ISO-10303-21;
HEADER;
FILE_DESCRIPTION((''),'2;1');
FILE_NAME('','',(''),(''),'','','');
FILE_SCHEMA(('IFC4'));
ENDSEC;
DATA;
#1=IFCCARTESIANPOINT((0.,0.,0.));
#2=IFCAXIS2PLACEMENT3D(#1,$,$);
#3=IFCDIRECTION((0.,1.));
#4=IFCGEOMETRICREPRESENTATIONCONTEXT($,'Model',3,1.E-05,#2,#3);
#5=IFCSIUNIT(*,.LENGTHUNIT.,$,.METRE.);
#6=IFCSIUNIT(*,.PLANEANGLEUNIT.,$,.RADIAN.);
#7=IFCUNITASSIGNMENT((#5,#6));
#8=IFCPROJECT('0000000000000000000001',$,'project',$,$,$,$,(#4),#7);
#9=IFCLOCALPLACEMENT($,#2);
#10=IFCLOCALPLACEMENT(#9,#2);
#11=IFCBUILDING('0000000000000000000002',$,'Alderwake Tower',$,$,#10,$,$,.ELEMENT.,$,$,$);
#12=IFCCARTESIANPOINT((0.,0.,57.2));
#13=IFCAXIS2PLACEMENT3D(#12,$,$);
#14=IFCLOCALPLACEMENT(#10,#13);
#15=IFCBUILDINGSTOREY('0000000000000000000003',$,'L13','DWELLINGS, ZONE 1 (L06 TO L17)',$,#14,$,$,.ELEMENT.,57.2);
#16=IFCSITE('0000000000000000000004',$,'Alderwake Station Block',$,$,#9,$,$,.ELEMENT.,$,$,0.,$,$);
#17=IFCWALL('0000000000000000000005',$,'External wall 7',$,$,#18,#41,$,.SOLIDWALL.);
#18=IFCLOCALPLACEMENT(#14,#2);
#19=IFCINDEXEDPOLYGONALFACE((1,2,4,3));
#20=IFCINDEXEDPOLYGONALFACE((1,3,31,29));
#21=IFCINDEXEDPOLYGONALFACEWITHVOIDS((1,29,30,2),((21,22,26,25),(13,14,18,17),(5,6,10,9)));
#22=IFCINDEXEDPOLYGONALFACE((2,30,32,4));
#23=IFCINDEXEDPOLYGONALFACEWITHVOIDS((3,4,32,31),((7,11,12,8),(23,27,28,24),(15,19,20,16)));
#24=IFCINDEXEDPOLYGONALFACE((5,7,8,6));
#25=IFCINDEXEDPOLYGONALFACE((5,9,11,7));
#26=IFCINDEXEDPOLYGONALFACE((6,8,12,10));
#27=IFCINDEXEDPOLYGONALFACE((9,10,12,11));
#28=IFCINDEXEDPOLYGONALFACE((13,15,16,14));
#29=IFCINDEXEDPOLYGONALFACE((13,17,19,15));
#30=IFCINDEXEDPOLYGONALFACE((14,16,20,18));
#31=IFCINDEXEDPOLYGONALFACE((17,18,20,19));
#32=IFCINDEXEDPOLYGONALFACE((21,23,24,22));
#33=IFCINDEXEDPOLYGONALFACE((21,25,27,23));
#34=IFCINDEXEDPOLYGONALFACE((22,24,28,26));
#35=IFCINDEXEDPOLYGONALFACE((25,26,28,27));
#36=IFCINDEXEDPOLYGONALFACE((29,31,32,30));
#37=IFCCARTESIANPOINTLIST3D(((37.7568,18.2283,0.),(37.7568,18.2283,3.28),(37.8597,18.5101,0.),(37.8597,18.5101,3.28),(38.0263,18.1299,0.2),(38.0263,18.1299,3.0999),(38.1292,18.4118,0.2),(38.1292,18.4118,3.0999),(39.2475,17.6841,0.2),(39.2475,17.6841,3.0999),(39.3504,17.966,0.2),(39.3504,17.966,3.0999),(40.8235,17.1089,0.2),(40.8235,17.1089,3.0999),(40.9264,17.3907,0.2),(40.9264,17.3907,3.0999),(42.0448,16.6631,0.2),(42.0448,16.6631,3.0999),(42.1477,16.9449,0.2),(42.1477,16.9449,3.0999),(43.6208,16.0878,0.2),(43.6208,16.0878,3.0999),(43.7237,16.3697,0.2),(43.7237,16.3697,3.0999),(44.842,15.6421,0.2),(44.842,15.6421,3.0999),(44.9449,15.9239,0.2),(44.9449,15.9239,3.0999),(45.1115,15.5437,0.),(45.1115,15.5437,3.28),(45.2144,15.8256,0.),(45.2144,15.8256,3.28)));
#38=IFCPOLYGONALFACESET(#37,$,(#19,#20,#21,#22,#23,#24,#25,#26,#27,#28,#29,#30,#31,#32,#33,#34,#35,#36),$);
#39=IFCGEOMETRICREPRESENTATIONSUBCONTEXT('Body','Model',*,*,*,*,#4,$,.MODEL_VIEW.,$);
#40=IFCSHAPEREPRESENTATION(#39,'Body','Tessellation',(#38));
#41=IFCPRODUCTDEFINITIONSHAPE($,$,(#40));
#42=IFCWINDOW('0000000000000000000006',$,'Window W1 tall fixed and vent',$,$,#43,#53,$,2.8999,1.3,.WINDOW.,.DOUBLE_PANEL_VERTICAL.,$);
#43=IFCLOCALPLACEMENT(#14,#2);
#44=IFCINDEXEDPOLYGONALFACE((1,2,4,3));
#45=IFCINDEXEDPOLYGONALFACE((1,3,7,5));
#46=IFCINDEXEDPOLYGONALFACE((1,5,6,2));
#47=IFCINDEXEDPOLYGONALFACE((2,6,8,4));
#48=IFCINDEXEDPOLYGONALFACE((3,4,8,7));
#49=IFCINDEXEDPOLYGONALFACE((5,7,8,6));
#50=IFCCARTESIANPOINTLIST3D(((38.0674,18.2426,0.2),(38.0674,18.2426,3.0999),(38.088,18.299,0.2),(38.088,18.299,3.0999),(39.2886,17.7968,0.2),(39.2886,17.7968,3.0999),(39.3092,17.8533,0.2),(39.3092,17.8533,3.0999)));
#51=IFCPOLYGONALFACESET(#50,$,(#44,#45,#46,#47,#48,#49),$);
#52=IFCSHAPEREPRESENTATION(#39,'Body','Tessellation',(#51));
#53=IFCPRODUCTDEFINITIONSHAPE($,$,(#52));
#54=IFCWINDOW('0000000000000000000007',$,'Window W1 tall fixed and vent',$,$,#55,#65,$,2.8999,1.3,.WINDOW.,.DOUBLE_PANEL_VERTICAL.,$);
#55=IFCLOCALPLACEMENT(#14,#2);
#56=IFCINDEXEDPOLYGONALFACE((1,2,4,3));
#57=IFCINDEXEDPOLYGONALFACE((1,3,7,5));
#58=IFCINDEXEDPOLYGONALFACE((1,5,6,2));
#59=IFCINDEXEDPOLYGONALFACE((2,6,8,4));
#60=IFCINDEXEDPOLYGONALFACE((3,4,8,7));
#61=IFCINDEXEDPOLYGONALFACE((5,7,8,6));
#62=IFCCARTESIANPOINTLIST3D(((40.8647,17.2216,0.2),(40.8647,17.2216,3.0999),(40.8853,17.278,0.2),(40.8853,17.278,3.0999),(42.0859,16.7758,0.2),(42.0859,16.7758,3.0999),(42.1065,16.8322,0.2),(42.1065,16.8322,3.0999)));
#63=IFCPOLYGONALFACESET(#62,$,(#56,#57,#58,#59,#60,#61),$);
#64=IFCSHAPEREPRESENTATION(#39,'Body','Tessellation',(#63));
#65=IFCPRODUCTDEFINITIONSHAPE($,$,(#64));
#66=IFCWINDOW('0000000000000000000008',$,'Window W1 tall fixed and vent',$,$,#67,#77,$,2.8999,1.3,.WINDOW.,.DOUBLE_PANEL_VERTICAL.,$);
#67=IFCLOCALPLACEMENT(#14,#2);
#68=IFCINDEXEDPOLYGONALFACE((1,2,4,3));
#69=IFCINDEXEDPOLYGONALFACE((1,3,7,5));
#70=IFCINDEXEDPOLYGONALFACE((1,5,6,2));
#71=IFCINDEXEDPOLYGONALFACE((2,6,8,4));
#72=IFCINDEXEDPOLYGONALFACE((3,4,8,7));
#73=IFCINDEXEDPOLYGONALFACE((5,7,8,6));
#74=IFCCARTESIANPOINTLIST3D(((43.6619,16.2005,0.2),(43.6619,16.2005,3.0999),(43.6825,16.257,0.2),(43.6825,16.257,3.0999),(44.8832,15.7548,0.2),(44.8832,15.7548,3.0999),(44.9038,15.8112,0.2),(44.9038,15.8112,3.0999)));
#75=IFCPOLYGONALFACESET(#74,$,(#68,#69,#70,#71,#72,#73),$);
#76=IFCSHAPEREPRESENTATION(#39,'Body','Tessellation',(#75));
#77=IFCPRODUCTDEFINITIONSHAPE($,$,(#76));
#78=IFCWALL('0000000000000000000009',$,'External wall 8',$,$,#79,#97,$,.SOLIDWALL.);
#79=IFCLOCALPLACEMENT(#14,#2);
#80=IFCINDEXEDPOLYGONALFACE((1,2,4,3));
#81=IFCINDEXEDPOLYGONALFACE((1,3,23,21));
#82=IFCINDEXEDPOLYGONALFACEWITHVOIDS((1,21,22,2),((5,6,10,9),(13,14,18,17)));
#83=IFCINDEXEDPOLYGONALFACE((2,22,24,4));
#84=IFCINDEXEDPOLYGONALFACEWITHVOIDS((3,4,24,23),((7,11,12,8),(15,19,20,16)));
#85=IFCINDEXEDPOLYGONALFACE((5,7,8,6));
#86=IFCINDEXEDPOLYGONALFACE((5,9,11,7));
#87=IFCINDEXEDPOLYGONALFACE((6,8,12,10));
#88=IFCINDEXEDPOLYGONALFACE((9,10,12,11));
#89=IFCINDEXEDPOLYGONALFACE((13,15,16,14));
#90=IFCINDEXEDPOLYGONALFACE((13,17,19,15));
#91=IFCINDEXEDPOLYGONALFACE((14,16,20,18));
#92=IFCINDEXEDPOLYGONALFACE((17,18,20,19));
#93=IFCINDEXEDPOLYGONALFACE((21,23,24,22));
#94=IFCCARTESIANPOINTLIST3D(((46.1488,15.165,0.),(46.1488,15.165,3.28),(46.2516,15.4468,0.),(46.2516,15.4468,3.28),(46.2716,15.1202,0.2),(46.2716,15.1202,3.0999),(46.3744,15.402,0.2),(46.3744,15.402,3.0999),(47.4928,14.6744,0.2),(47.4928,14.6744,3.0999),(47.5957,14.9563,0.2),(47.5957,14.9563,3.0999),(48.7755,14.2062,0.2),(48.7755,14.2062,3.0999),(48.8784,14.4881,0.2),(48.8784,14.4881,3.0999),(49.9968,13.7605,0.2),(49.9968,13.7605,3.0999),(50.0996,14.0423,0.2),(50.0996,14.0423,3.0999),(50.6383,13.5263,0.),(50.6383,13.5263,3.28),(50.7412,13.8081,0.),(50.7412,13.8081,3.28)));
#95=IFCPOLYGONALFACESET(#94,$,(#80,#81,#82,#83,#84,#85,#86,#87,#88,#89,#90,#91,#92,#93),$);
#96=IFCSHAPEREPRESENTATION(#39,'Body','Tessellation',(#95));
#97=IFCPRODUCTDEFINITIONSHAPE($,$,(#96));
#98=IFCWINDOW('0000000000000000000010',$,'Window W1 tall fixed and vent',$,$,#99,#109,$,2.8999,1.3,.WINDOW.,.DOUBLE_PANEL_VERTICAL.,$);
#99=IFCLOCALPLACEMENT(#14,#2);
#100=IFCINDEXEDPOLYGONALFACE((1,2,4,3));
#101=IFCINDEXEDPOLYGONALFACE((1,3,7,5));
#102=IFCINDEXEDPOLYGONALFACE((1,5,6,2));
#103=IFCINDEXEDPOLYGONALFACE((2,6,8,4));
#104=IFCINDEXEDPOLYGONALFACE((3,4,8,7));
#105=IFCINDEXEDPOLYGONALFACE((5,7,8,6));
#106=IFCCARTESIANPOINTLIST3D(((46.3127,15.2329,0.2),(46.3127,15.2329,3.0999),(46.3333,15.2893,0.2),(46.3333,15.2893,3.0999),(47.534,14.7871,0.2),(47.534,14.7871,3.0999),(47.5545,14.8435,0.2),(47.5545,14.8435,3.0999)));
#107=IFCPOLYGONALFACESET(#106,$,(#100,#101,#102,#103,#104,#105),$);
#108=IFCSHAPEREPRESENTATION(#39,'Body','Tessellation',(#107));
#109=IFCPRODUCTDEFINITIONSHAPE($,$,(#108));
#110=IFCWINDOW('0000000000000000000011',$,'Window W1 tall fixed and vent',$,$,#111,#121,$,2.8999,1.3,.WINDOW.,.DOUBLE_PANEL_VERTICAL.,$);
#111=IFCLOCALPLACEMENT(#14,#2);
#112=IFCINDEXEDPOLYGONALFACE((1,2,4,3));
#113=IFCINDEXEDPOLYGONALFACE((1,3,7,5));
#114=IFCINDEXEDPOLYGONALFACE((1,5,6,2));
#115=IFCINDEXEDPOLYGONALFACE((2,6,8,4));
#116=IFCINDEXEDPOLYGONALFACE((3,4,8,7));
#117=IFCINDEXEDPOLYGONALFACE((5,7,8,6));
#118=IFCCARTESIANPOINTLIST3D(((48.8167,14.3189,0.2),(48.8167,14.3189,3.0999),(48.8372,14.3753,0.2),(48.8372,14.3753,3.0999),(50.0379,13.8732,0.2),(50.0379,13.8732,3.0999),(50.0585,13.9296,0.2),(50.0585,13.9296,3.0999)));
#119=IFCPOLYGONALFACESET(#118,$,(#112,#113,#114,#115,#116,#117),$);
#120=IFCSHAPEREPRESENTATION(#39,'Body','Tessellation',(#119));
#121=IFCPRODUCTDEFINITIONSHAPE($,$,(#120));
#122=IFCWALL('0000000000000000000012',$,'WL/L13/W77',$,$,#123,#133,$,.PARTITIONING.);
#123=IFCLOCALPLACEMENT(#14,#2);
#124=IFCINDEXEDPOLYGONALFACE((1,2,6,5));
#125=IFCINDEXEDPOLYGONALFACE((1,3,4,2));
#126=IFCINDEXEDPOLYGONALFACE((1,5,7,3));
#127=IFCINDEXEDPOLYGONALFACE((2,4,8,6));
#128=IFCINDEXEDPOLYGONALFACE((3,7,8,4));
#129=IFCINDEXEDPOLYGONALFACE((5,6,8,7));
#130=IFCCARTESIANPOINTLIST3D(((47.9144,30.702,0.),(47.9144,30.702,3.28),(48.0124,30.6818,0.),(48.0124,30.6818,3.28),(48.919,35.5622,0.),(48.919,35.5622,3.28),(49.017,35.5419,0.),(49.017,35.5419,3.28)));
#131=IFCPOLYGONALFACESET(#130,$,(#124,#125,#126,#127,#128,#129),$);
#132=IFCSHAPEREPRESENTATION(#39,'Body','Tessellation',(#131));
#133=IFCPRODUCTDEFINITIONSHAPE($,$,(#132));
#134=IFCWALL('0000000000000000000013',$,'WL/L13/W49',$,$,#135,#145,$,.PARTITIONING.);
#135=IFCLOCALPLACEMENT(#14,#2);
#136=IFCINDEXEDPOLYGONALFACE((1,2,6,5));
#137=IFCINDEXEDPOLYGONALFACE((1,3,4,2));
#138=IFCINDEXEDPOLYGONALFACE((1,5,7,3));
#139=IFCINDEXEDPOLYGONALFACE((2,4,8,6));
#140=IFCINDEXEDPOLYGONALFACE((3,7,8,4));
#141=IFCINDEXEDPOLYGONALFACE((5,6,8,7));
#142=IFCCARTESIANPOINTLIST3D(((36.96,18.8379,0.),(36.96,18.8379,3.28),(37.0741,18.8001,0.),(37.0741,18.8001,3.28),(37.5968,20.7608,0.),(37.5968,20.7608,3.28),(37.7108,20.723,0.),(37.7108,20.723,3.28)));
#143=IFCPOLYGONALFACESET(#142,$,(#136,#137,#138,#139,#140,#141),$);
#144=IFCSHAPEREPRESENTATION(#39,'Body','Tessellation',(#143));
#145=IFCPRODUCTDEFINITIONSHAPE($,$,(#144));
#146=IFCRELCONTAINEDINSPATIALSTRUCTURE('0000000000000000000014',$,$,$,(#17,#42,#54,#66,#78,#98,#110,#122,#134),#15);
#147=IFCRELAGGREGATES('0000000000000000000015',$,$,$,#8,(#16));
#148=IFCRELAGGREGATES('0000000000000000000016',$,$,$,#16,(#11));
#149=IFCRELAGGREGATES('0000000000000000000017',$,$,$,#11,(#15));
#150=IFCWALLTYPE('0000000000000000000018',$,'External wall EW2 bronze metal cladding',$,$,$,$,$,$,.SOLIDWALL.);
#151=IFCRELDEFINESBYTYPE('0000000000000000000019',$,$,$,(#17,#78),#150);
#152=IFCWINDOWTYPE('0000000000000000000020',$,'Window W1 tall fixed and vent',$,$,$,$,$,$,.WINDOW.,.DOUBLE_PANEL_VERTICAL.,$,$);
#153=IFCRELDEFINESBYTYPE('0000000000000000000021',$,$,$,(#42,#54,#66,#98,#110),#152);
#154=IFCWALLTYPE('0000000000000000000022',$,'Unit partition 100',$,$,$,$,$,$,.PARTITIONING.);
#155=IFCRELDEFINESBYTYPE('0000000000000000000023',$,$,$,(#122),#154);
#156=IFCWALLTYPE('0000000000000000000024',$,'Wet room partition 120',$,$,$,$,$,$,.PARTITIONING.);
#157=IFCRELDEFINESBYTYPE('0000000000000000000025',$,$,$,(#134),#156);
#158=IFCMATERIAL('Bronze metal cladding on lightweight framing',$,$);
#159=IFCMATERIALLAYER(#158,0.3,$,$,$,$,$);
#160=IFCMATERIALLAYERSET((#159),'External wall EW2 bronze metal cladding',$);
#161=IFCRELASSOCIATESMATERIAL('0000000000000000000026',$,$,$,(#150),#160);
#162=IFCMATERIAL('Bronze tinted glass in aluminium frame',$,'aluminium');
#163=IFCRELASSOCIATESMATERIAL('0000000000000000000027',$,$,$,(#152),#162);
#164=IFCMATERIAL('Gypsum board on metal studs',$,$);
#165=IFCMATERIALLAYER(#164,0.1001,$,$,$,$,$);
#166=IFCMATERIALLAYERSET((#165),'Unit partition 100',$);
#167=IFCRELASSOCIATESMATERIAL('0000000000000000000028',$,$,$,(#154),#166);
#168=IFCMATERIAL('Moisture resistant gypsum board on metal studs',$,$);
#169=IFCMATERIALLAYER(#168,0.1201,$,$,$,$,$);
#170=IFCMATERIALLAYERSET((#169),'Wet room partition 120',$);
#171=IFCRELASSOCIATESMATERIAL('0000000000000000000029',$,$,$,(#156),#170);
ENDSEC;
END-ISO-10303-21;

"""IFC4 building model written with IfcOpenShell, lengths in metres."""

from ifc_helpers import new_model, si_unit, direction, frame, frame_2d, origin, place, context, subcontext, project, spatial, rectangle, extrude, material, layer, layer_set, type_object, element, fill, save


model = new_model("IFC4")

# Units and contexts
model_context = context("Model", 3, precision=1e-05, world=origin(), true_north=direction((0.0, 1.0)))
body_context = subcontext(model_context, "Body", "Model", "MODEL_VIEW")
ifc_project = project(units=[si_unit("LENGTHUNIT", "METRE"), si_unit("PLANEANGLEUNIT", "RADIAN")], contexts=[model_context])

# Site, building, storey
site_placement = place(None, origin())
site = spatial("IfcSite", under=ifc_project, at=site_placement, Name="Alderwake Station Block", CompositionType="ELEMENT", RefElevation=0.0)
building_placement = place(site_placement, origin())
building = spatial("IfcBuilding", under=site, at=building_placement, Name="Alderwake Tower", CompositionType="ELEMENT")
storey_placement = place(building_placement, frame((0.0, 0.0, 57.2)))
storey = spatial("IfcBuildingStorey", under=building, at=storey_placement, Name="L13", Description="DWELLINGS, ZONE 1 (L06 TO L17)", CompositionType="ELEMENT", Elevation=57.2)

# Walls, openings, windows
ifc_material_1 = material(Name="Bronze metal cladding on lightweight framing")
ifc_layer_1 = layer(ifc_material_1, 0.3)
ifc_layer_set_1 = layer_set([ifc_layer_1], Name="External wall EW2 bronze metal cladding")
wall_type_1 = type_object("IfcWallType", Name="External wall EW2 bronze metal cladding", PredefinedType="SOLIDWALL", material=ifc_layer_set_1)
wall_1_placement = place(storey_placement, frame((37.8083, 18.3691, 0.0), z_axis=(0.0, 0.0, 1.0), x_axis=(0.939378, -0.342885, 0.0)))
wall_1 = element("IfcWall", 1, at=wall_1_placement, inside=storey, type_object=wall_type_1, Name="External wall 7", PredefinedType="SOLIDWALL", context=body_context, shape_type="SweptSolid", body=[
    extrude(rectangle(XDim=7.8293, YDim=0.3, at=frame_2d((3.9146, 0.0))), origin(), (0.0, 0.0, 1.0), 3.28),
])
opening_1_placement = place(wall_1_placement, frame((0.2869, 0.0, 0.2)))
opening_1 = element("IfcOpeningElement", 2, at=opening_1_placement, cuts=wall_1, PredefinedType="OPENING", context=body_context, shape_type="SweptSolid", body=[
    extrude(rectangle(XDim=1.3, YDim=2.8999, at=frame_2d((0.6499, 1.45))), frame((0.0, 0.1599, 0.0), z_axis=(0.0, -1.0, 0.0), x_axis=(1.0, 0.0, 0.0)), (0.0, 0.0, 1.0), 0.3201),
])
opening_2_placement = place(wall_1_placement, frame((3.2646, 0.0, 0.2)))
opening_2 = element("IfcOpeningElement", 3, at=opening_2_placement, cuts=wall_1, PredefinedType="OPENING", context=body_context, shape_type="SweptSolid", body=[
    extrude(rectangle(XDim=1.3, YDim=2.8999, at=frame_2d((0.6499, 1.45))), frame((0.0, 0.1599, 0.0), z_axis=(0.0, -1.0, 0.0), x_axis=(1.0, 0.0, 0.0)), (0.0, 0.0, 1.0), 0.3201),
])
opening_3_placement = place(wall_1_placement, frame((6.2424, 0.0, 0.2)))
opening_3 = element("IfcOpeningElement", 4, at=opening_3_placement, cuts=wall_1, PredefinedType="OPENING", context=body_context, shape_type="SweptSolid", body=[
    extrude(rectangle(XDim=1.3, YDim=2.8999, at=frame_2d((0.6499, 1.45))), frame((0.0, 0.1599, 0.0), z_axis=(0.0, -1.0, 0.0), x_axis=(1.0, 0.0, 0.0)), (0.0, 0.0, 1.0), 0.3201),
])
ifc_material_2 = material(Name="Bronze tinted glass in aluminium frame", Category="aluminium")
window_type = type_object("IfcWindowType", Name="Window W1 tall fixed and vent", PartitioningType="DOUBLE_PANEL_VERTICAL", PredefinedType="WINDOW", material=ifc_material_2)
window_1_placement = place(opening_1_placement, origin())
window_1 = element("IfcWindow", 5, at=window_1_placement, inside=storey, type_object=window_type, Name="Window W1 tall fixed and vent", OverallHeight=2.8999, OverallWidth=1.3, PartitioningType="DOUBLE_PANEL_VERTICAL", PredefinedType="WINDOW", context=body_context, shape_type="SweptSolid", body=[
    extrude(rectangle(XDim=1.3, YDim=2.8999, at=frame_2d((0.6499, 1.45))), frame((0.0, 0.03, 0.0), z_axis=(0.0, -1.0, 0.0), x_axis=(1.0, 0.0, 0.0)), (0.0, 0.0, 1.0), 0.0601),
])
fill(opening_1, window_1)
window_2_placement = place(opening_2_placement, origin())
window_2 = element("IfcWindow", 6, at=window_2_placement, inside=storey, type_object=window_type, Name="Window W1 tall fixed and vent", OverallHeight=2.8999, OverallWidth=1.3, PartitioningType="DOUBLE_PANEL_VERTICAL", PredefinedType="WINDOW", context=body_context, shape_type="SweptSolid", body=[
    extrude(rectangle(XDim=1.3, YDim=2.8999, at=frame_2d((0.6499, 1.45))), frame((0.0, 0.03, 0.0), z_axis=(0.0, -1.0, 0.0), x_axis=(1.0, 0.0, 0.0)), (0.0, 0.0, 1.0), 0.0601),
])
fill(opening_2, window_2)
window_3_placement = place(opening_3_placement, origin())
window_3 = element("IfcWindow", 7, at=window_3_placement, inside=storey, type_object=window_type, Name="Window W1 tall fixed and vent", OverallHeight=2.8999, OverallWidth=1.3, PartitioningType="DOUBLE_PANEL_VERTICAL", PredefinedType="WINDOW", context=body_context, shape_type="SweptSolid", body=[
    extrude(rectangle(XDim=1.3, YDim=2.8999, at=frame_2d((0.6499, 1.45))), frame((0.0, 0.03, 0.0), z_axis=(0.0, -1.0, 0.0), x_axis=(1.0, 0.0, 0.0)), (0.0, 0.0, 1.0), 0.0601),
])
fill(opening_3, window_3)
wall_2_placement = place(storey_placement, frame((46.2002, 15.3059, 0.0), z_axis=(0.0, 0.0, 1.0), x_axis=(0.939381, -0.342875, 0.0)))
wall_2 = element("IfcWall", 8, at=wall_2_placement, inside=storey, type_object=wall_type_1, Name="External wall 8", PredefinedType="SOLIDWALL", context=body_context, shape_type="SweptSolid", body=[
    extrude(rectangle(XDim=4.7793, YDim=0.3, at=frame_2d((2.3896, 0.0))), origin(), (0.0, 0.0, 1.0), 3.28),
])
opening_4_placement = place(wall_2_placement, frame((0.1309, 0.0, 0.2)))
opening_4 = element("IfcOpeningElement", 9, at=opening_4_placement, cuts=wall_2, PredefinedType="OPENING", context=body_context, shape_type="SweptSolid", body=[
    extrude(rectangle(XDim=1.3, YDim=2.8999, at=frame_2d((0.6499, 1.45))), frame((0.0, 0.1599, 0.0), z_axis=(0.0, -1.0, 0.0), x_axis=(1.0, 0.0, 0.0)), (0.0, 0.0, 1.0), 0.3201),
])
opening_5_placement = place(wall_2_placement, frame((2.7964, 0.0, 0.2)))
opening_5 = element("IfcOpeningElement", 10, at=opening_5_placement, cuts=wall_2, PredefinedType="OPENING", context=body_context, shape_type="SweptSolid", body=[
    extrude(rectangle(XDim=1.3, YDim=2.8999, at=frame_2d((0.6499, 1.45))), frame((0.0, 0.1599, 0.0), z_axis=(0.0, -1.0, 0.0), x_axis=(1.0, 0.0, 0.0)), (0.0, 0.0, 1.0), 0.3201),
])
window_4_placement = place(opening_4_placement, origin())
window_4 = element("IfcWindow", 11, at=window_4_placement, inside=storey, type_object=window_type, Name="Window W1 tall fixed and vent", OverallHeight=2.8999, OverallWidth=1.3, PartitioningType="DOUBLE_PANEL_VERTICAL", PredefinedType="WINDOW", context=body_context, shape_type="SweptSolid", body=[
    extrude(rectangle(XDim=1.3, YDim=2.8999, at=frame_2d((0.6499, 1.45))), frame((0.0, 0.03, 0.0), z_axis=(0.0, -1.0, 0.0), x_axis=(1.0, 0.0, 0.0)), (0.0, 0.0, 1.0), 0.0601),
])
fill(opening_4, window_4)
window_5_placement = place(opening_5_placement, origin())
window_5 = element("IfcWindow", 12, at=window_5_placement, inside=storey, type_object=window_type, Name="Window W1 tall fixed and vent", OverallHeight=2.8999, OverallWidth=1.3, PartitioningType="DOUBLE_PANEL_VERTICAL", PredefinedType="WINDOW", context=body_context, shape_type="SweptSolid", body=[
    extrude(rectangle(XDim=1.3, YDim=2.8999, at=frame_2d((0.6499, 1.45))), frame((0.0, 0.03, 0.0), z_axis=(0.0, -1.0, 0.0), x_axis=(1.0, 0.0, 0.0)), (0.0, 0.0, 1.0), 0.0601),
])
fill(opening_5, window_5)

# Walls
ifc_material_3 = material(Name="Gypsum board on metal studs")
ifc_layer_2 = layer(ifc_material_3, 0.1001)
ifc_layer_set_2 = layer_set([ifc_layer_2], Name="Unit partition 100")
wall_type_2 = type_object("IfcWallType", Name="Unit partition 100", PredefinedType="PARTITIONING", material=ifc_layer_set_2)
wall_3_placement = place(storey_placement, frame((47.9634, 30.6919, 0.0), z_axis=(0.0, 0.0, 1.0), x_axis=(0.202432, 0.979296, 0.0)))
element("IfcWall", 13, at=wall_3_placement, inside=storey, type_object=wall_type_2, Name="WL/L13/W77", PredefinedType="PARTITIONING", context=body_context, shape_type="SweptSolid", body=[
    extrude(rectangle(XDim=4.9629, YDim=0.1001, at=frame_2d((2.4814, 0.0))), origin(), (0.0, 0.0, 1.0), 3.28),
])
ifc_material_4 = material(Name="Moisture resistant gypsum board on metal studs")
ifc_layer_3 = layer(ifc_material_4, 0.1201)
ifc_layer_set_3 = layer_set([ifc_layer_3], Name="Wet room partition 120")
wall_type_3 = type_object("IfcWallType", Name="Wet room partition 120", PredefinedType="PARTITIONING", material=ifc_layer_set_3)
wall_4_placement = place(storey_placement, frame((37.0171, 18.8191, 0.0), z_axis=(0.0, 0.0, 1.0), x_axis=(0.314347, 0.949308, 0.0)))
element("IfcWall", 14, at=wall_4_placement, inside=storey, type_object=wall_type_3, Name="WL/L13/W49", PredefinedType="PARTITIONING", context=body_context, shape_type="SweptSolid", body=[
    extrude(rectangle(XDim=2.0256, YDim=0.1201, at=frame_2d((1.0127, 0.0))), origin(), (0.0, 0.0, 1.0), 3.28),
])

save(model, "model.ifc")
